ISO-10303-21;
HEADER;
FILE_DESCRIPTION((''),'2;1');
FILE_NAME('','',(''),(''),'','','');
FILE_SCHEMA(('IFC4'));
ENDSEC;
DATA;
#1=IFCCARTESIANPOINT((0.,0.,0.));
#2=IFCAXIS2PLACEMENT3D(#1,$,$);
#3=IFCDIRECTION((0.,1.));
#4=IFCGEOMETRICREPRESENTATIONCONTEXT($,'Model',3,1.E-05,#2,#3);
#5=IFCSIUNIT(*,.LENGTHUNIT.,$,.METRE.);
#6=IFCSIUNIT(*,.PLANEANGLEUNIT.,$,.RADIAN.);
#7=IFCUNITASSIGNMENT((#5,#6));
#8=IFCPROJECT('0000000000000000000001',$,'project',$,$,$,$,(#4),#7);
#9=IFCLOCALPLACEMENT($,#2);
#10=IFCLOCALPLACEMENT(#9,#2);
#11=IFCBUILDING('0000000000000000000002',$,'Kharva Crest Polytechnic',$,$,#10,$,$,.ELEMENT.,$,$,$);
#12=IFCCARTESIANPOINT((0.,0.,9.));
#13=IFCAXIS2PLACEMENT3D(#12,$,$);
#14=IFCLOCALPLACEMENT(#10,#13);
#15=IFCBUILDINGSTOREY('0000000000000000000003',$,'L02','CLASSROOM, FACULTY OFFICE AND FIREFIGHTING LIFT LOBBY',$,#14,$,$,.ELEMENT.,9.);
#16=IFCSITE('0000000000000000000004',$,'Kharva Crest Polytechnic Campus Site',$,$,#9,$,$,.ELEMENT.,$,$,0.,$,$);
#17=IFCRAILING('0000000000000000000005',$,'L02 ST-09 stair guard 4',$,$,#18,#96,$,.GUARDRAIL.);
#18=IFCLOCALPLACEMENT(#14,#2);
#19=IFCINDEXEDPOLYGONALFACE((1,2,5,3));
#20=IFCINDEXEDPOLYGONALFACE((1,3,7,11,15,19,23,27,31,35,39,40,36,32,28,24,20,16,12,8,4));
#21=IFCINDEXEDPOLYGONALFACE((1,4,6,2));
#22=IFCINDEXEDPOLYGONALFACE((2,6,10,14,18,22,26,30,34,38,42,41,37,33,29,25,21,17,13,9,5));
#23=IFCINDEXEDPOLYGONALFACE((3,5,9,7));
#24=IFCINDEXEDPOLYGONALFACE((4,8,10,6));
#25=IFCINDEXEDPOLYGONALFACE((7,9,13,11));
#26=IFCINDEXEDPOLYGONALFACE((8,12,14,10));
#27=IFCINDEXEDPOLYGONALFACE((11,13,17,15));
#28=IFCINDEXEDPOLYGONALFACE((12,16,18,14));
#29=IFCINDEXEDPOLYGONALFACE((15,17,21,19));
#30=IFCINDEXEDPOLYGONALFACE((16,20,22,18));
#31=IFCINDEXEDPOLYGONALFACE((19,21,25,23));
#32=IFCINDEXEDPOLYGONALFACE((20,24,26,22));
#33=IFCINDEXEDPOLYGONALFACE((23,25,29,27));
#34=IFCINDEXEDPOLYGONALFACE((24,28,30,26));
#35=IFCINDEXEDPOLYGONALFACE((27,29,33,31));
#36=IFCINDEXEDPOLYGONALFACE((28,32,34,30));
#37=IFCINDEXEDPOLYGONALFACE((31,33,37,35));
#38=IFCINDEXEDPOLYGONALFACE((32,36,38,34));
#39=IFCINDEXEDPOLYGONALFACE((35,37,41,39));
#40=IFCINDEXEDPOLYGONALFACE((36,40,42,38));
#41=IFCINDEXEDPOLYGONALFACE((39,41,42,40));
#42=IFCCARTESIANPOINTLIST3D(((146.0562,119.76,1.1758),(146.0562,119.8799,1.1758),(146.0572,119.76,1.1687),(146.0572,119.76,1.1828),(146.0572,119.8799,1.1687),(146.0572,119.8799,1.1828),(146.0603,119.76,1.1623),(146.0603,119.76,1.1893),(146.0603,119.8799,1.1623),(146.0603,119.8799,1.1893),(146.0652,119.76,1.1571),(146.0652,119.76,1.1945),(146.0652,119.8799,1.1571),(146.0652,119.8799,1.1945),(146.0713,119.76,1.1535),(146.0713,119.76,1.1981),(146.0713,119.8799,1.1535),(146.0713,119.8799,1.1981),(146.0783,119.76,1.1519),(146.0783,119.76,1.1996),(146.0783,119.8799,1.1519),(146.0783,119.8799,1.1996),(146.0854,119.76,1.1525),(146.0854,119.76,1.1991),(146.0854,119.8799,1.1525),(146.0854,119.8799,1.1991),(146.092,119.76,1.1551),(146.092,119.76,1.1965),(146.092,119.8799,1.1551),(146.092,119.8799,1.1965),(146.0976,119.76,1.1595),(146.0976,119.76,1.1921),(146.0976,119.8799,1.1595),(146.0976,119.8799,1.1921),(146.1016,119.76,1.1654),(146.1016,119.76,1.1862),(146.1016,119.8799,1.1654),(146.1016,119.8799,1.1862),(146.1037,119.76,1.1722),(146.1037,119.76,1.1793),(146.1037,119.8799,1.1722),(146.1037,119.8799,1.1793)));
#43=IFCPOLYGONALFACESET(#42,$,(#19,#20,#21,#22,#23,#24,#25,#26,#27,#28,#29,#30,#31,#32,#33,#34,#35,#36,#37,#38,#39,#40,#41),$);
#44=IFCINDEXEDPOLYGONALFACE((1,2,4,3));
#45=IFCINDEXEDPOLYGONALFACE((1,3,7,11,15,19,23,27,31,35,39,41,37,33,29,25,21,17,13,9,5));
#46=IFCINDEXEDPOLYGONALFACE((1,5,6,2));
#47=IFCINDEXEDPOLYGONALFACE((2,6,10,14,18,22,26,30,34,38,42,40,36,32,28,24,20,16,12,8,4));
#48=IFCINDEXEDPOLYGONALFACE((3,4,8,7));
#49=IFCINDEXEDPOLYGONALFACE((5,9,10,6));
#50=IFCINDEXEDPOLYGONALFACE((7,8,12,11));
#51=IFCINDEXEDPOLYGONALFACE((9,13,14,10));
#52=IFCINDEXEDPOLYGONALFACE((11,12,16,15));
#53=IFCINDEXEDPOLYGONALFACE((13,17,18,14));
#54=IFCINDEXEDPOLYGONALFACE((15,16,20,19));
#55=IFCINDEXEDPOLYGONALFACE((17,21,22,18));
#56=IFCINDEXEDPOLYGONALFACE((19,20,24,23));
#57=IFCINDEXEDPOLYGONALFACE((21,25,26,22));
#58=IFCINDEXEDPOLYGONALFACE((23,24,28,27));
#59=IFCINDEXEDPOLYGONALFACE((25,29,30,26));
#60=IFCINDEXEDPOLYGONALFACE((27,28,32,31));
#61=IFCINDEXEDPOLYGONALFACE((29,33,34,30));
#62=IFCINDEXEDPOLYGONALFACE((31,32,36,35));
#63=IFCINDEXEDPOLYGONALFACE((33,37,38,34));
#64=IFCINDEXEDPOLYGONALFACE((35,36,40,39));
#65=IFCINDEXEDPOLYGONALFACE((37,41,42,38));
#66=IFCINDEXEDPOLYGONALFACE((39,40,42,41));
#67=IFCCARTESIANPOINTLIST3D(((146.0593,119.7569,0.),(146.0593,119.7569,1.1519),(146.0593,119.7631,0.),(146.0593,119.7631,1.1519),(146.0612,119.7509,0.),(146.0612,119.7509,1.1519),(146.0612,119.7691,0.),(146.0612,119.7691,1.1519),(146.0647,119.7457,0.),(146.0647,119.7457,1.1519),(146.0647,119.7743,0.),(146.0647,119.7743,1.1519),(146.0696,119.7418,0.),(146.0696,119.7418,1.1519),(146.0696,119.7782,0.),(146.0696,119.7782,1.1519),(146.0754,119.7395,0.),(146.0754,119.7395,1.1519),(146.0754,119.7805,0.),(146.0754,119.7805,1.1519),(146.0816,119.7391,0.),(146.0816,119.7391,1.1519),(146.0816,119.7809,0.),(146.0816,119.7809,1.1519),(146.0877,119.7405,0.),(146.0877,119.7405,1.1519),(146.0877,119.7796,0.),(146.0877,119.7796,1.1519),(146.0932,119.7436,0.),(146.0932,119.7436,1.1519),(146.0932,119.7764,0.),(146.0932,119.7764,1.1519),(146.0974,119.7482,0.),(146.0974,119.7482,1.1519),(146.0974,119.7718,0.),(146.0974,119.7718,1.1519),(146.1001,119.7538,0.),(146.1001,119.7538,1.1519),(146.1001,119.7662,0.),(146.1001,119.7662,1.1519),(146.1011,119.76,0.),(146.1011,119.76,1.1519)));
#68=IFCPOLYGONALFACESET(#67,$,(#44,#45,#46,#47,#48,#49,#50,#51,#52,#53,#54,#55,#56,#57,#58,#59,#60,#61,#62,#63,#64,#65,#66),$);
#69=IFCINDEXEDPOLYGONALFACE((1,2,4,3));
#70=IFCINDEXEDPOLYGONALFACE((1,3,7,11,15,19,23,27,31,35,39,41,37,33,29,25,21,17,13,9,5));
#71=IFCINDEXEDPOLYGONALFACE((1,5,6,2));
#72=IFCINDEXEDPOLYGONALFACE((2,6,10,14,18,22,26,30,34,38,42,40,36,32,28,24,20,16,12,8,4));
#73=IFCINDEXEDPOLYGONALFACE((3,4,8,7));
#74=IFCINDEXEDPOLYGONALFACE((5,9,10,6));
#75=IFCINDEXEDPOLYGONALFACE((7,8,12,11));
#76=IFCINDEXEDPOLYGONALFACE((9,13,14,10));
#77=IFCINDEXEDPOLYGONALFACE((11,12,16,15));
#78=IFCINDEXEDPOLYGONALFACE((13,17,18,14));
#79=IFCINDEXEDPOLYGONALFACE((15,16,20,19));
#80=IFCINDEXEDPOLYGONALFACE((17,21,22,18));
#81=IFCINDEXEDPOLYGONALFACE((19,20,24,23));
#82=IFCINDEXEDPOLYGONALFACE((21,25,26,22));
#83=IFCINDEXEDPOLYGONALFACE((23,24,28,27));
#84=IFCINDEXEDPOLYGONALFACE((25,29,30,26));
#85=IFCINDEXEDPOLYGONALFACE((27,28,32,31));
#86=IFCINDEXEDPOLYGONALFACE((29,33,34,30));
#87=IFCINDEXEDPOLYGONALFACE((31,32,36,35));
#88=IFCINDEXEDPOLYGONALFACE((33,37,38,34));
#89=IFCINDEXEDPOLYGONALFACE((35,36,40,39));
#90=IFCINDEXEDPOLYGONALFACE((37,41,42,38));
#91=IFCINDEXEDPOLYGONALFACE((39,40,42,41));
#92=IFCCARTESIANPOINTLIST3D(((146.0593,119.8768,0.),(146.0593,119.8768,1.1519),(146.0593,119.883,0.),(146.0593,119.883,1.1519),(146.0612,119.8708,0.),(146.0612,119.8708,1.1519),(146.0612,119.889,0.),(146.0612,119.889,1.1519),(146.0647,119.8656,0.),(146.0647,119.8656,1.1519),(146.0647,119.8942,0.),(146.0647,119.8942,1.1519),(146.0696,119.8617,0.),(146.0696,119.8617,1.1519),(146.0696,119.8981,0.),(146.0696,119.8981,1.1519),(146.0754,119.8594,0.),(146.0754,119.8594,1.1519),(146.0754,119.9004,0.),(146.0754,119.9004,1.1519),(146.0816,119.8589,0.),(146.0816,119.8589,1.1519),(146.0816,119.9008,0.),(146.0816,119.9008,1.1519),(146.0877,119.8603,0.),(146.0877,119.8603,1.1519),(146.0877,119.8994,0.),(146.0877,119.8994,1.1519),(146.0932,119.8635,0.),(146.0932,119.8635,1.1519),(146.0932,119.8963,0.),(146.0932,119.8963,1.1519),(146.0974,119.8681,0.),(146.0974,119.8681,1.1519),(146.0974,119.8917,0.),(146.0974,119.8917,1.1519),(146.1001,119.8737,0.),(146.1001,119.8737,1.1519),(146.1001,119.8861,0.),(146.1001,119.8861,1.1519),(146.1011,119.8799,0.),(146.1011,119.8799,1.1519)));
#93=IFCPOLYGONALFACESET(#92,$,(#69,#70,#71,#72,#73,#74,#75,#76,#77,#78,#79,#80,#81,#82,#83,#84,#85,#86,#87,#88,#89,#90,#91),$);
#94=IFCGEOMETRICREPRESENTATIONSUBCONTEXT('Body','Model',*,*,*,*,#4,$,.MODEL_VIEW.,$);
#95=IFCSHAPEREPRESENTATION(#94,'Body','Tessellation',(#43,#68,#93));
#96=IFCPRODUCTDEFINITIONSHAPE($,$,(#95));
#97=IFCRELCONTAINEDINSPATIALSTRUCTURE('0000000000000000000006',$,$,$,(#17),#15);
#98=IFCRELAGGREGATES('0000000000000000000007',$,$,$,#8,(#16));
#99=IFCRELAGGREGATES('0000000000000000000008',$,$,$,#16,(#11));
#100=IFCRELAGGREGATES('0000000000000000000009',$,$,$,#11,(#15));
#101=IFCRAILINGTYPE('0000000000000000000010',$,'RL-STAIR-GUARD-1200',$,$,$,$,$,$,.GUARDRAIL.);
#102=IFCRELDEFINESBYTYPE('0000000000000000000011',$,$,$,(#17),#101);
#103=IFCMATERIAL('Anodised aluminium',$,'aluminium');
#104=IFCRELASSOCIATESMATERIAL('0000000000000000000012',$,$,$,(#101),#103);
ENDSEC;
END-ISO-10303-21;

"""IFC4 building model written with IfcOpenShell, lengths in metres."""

from ifc_helpers import new_model, si_unit, direction, frame, origin, origin_2d, place, context, subcontext, project, spatial, circle, extrude, material, type_object, element, save


model = new_model("IFC4")

# Units and contexts
model_context = context("Model", 3, precision=1e-05, world=origin(), true_north=direction((0.0, 1.0)))
body_context = subcontext(model_context, "Body", "Model", "MODEL_VIEW")
ifc_project = project(units=[si_unit("LENGTHUNIT", "METRE"), si_unit("PLANEANGLEUNIT", "RADIAN")], contexts=[model_context])

# Site, building, storey
site_placement = place(None, origin())
site = spatial("IfcSite", under=ifc_project, at=site_placement, Name="Kharva Crest Polytechnic Campus Site", CompositionType="ELEMENT", RefElevation=0.0)
building_placement = place(site_placement, origin())
building = spatial("IfcBuilding", under=site, at=building_placement, Name="Kharva Crest Polytechnic", CompositionType="ELEMENT")
storey_placement = place(building_placement, frame((0.0, 0.0, 9.0)))
storey = spatial("IfcBuildingStorey", under=building, at=storey_placement, Name="L02", Description="CLASSROOM, FACULTY OFFICE AND FIREFIGHTING LIFT LOBBY", CompositionType="ELEMENT", Elevation=9.0)

# Railing
ifc_material_1 = material(Name="Anodised aluminium", Category="aluminium")
railing_type_1 = type_object("IfcRailingType", Name="RL-STAIR-GUARD-1200", PredefinedType="GUARDRAIL", material=ifc_material_1)
railing_1_placement = place(storey_placement, frame((146.0801, 119.76, 0.0)))
element("IfcRailing", 1, at=railing_1_placement, inside=storey, type_object=railing_type_1, Name="L02 ST-09 stair guard 4", PredefinedType="GUARDRAIL", context=body_context, shape_type="SweptSolid", body=[
    extrude(circle(Radius=0.0239, at=origin_2d()), frame((0.0, 0.0, 1.1758), z_axis=(0.0, 1.0, 0.0), x_axis=(-1.0, 0.0, 0.0)), (0.0, 0.0, 1.0), 0.1199),
    extrude(circle(Radius=0.021, at=origin_2d()), origin(), (0.0, 0.0, 1.0), 1.1519),
    extrude(circle(Radius=0.021, at=origin_2d()), frame((0.0, 0.1199, 0.0)), (0.0, 0.0, 1.0), 1.1519),
])

save(model, "model.ifc")
